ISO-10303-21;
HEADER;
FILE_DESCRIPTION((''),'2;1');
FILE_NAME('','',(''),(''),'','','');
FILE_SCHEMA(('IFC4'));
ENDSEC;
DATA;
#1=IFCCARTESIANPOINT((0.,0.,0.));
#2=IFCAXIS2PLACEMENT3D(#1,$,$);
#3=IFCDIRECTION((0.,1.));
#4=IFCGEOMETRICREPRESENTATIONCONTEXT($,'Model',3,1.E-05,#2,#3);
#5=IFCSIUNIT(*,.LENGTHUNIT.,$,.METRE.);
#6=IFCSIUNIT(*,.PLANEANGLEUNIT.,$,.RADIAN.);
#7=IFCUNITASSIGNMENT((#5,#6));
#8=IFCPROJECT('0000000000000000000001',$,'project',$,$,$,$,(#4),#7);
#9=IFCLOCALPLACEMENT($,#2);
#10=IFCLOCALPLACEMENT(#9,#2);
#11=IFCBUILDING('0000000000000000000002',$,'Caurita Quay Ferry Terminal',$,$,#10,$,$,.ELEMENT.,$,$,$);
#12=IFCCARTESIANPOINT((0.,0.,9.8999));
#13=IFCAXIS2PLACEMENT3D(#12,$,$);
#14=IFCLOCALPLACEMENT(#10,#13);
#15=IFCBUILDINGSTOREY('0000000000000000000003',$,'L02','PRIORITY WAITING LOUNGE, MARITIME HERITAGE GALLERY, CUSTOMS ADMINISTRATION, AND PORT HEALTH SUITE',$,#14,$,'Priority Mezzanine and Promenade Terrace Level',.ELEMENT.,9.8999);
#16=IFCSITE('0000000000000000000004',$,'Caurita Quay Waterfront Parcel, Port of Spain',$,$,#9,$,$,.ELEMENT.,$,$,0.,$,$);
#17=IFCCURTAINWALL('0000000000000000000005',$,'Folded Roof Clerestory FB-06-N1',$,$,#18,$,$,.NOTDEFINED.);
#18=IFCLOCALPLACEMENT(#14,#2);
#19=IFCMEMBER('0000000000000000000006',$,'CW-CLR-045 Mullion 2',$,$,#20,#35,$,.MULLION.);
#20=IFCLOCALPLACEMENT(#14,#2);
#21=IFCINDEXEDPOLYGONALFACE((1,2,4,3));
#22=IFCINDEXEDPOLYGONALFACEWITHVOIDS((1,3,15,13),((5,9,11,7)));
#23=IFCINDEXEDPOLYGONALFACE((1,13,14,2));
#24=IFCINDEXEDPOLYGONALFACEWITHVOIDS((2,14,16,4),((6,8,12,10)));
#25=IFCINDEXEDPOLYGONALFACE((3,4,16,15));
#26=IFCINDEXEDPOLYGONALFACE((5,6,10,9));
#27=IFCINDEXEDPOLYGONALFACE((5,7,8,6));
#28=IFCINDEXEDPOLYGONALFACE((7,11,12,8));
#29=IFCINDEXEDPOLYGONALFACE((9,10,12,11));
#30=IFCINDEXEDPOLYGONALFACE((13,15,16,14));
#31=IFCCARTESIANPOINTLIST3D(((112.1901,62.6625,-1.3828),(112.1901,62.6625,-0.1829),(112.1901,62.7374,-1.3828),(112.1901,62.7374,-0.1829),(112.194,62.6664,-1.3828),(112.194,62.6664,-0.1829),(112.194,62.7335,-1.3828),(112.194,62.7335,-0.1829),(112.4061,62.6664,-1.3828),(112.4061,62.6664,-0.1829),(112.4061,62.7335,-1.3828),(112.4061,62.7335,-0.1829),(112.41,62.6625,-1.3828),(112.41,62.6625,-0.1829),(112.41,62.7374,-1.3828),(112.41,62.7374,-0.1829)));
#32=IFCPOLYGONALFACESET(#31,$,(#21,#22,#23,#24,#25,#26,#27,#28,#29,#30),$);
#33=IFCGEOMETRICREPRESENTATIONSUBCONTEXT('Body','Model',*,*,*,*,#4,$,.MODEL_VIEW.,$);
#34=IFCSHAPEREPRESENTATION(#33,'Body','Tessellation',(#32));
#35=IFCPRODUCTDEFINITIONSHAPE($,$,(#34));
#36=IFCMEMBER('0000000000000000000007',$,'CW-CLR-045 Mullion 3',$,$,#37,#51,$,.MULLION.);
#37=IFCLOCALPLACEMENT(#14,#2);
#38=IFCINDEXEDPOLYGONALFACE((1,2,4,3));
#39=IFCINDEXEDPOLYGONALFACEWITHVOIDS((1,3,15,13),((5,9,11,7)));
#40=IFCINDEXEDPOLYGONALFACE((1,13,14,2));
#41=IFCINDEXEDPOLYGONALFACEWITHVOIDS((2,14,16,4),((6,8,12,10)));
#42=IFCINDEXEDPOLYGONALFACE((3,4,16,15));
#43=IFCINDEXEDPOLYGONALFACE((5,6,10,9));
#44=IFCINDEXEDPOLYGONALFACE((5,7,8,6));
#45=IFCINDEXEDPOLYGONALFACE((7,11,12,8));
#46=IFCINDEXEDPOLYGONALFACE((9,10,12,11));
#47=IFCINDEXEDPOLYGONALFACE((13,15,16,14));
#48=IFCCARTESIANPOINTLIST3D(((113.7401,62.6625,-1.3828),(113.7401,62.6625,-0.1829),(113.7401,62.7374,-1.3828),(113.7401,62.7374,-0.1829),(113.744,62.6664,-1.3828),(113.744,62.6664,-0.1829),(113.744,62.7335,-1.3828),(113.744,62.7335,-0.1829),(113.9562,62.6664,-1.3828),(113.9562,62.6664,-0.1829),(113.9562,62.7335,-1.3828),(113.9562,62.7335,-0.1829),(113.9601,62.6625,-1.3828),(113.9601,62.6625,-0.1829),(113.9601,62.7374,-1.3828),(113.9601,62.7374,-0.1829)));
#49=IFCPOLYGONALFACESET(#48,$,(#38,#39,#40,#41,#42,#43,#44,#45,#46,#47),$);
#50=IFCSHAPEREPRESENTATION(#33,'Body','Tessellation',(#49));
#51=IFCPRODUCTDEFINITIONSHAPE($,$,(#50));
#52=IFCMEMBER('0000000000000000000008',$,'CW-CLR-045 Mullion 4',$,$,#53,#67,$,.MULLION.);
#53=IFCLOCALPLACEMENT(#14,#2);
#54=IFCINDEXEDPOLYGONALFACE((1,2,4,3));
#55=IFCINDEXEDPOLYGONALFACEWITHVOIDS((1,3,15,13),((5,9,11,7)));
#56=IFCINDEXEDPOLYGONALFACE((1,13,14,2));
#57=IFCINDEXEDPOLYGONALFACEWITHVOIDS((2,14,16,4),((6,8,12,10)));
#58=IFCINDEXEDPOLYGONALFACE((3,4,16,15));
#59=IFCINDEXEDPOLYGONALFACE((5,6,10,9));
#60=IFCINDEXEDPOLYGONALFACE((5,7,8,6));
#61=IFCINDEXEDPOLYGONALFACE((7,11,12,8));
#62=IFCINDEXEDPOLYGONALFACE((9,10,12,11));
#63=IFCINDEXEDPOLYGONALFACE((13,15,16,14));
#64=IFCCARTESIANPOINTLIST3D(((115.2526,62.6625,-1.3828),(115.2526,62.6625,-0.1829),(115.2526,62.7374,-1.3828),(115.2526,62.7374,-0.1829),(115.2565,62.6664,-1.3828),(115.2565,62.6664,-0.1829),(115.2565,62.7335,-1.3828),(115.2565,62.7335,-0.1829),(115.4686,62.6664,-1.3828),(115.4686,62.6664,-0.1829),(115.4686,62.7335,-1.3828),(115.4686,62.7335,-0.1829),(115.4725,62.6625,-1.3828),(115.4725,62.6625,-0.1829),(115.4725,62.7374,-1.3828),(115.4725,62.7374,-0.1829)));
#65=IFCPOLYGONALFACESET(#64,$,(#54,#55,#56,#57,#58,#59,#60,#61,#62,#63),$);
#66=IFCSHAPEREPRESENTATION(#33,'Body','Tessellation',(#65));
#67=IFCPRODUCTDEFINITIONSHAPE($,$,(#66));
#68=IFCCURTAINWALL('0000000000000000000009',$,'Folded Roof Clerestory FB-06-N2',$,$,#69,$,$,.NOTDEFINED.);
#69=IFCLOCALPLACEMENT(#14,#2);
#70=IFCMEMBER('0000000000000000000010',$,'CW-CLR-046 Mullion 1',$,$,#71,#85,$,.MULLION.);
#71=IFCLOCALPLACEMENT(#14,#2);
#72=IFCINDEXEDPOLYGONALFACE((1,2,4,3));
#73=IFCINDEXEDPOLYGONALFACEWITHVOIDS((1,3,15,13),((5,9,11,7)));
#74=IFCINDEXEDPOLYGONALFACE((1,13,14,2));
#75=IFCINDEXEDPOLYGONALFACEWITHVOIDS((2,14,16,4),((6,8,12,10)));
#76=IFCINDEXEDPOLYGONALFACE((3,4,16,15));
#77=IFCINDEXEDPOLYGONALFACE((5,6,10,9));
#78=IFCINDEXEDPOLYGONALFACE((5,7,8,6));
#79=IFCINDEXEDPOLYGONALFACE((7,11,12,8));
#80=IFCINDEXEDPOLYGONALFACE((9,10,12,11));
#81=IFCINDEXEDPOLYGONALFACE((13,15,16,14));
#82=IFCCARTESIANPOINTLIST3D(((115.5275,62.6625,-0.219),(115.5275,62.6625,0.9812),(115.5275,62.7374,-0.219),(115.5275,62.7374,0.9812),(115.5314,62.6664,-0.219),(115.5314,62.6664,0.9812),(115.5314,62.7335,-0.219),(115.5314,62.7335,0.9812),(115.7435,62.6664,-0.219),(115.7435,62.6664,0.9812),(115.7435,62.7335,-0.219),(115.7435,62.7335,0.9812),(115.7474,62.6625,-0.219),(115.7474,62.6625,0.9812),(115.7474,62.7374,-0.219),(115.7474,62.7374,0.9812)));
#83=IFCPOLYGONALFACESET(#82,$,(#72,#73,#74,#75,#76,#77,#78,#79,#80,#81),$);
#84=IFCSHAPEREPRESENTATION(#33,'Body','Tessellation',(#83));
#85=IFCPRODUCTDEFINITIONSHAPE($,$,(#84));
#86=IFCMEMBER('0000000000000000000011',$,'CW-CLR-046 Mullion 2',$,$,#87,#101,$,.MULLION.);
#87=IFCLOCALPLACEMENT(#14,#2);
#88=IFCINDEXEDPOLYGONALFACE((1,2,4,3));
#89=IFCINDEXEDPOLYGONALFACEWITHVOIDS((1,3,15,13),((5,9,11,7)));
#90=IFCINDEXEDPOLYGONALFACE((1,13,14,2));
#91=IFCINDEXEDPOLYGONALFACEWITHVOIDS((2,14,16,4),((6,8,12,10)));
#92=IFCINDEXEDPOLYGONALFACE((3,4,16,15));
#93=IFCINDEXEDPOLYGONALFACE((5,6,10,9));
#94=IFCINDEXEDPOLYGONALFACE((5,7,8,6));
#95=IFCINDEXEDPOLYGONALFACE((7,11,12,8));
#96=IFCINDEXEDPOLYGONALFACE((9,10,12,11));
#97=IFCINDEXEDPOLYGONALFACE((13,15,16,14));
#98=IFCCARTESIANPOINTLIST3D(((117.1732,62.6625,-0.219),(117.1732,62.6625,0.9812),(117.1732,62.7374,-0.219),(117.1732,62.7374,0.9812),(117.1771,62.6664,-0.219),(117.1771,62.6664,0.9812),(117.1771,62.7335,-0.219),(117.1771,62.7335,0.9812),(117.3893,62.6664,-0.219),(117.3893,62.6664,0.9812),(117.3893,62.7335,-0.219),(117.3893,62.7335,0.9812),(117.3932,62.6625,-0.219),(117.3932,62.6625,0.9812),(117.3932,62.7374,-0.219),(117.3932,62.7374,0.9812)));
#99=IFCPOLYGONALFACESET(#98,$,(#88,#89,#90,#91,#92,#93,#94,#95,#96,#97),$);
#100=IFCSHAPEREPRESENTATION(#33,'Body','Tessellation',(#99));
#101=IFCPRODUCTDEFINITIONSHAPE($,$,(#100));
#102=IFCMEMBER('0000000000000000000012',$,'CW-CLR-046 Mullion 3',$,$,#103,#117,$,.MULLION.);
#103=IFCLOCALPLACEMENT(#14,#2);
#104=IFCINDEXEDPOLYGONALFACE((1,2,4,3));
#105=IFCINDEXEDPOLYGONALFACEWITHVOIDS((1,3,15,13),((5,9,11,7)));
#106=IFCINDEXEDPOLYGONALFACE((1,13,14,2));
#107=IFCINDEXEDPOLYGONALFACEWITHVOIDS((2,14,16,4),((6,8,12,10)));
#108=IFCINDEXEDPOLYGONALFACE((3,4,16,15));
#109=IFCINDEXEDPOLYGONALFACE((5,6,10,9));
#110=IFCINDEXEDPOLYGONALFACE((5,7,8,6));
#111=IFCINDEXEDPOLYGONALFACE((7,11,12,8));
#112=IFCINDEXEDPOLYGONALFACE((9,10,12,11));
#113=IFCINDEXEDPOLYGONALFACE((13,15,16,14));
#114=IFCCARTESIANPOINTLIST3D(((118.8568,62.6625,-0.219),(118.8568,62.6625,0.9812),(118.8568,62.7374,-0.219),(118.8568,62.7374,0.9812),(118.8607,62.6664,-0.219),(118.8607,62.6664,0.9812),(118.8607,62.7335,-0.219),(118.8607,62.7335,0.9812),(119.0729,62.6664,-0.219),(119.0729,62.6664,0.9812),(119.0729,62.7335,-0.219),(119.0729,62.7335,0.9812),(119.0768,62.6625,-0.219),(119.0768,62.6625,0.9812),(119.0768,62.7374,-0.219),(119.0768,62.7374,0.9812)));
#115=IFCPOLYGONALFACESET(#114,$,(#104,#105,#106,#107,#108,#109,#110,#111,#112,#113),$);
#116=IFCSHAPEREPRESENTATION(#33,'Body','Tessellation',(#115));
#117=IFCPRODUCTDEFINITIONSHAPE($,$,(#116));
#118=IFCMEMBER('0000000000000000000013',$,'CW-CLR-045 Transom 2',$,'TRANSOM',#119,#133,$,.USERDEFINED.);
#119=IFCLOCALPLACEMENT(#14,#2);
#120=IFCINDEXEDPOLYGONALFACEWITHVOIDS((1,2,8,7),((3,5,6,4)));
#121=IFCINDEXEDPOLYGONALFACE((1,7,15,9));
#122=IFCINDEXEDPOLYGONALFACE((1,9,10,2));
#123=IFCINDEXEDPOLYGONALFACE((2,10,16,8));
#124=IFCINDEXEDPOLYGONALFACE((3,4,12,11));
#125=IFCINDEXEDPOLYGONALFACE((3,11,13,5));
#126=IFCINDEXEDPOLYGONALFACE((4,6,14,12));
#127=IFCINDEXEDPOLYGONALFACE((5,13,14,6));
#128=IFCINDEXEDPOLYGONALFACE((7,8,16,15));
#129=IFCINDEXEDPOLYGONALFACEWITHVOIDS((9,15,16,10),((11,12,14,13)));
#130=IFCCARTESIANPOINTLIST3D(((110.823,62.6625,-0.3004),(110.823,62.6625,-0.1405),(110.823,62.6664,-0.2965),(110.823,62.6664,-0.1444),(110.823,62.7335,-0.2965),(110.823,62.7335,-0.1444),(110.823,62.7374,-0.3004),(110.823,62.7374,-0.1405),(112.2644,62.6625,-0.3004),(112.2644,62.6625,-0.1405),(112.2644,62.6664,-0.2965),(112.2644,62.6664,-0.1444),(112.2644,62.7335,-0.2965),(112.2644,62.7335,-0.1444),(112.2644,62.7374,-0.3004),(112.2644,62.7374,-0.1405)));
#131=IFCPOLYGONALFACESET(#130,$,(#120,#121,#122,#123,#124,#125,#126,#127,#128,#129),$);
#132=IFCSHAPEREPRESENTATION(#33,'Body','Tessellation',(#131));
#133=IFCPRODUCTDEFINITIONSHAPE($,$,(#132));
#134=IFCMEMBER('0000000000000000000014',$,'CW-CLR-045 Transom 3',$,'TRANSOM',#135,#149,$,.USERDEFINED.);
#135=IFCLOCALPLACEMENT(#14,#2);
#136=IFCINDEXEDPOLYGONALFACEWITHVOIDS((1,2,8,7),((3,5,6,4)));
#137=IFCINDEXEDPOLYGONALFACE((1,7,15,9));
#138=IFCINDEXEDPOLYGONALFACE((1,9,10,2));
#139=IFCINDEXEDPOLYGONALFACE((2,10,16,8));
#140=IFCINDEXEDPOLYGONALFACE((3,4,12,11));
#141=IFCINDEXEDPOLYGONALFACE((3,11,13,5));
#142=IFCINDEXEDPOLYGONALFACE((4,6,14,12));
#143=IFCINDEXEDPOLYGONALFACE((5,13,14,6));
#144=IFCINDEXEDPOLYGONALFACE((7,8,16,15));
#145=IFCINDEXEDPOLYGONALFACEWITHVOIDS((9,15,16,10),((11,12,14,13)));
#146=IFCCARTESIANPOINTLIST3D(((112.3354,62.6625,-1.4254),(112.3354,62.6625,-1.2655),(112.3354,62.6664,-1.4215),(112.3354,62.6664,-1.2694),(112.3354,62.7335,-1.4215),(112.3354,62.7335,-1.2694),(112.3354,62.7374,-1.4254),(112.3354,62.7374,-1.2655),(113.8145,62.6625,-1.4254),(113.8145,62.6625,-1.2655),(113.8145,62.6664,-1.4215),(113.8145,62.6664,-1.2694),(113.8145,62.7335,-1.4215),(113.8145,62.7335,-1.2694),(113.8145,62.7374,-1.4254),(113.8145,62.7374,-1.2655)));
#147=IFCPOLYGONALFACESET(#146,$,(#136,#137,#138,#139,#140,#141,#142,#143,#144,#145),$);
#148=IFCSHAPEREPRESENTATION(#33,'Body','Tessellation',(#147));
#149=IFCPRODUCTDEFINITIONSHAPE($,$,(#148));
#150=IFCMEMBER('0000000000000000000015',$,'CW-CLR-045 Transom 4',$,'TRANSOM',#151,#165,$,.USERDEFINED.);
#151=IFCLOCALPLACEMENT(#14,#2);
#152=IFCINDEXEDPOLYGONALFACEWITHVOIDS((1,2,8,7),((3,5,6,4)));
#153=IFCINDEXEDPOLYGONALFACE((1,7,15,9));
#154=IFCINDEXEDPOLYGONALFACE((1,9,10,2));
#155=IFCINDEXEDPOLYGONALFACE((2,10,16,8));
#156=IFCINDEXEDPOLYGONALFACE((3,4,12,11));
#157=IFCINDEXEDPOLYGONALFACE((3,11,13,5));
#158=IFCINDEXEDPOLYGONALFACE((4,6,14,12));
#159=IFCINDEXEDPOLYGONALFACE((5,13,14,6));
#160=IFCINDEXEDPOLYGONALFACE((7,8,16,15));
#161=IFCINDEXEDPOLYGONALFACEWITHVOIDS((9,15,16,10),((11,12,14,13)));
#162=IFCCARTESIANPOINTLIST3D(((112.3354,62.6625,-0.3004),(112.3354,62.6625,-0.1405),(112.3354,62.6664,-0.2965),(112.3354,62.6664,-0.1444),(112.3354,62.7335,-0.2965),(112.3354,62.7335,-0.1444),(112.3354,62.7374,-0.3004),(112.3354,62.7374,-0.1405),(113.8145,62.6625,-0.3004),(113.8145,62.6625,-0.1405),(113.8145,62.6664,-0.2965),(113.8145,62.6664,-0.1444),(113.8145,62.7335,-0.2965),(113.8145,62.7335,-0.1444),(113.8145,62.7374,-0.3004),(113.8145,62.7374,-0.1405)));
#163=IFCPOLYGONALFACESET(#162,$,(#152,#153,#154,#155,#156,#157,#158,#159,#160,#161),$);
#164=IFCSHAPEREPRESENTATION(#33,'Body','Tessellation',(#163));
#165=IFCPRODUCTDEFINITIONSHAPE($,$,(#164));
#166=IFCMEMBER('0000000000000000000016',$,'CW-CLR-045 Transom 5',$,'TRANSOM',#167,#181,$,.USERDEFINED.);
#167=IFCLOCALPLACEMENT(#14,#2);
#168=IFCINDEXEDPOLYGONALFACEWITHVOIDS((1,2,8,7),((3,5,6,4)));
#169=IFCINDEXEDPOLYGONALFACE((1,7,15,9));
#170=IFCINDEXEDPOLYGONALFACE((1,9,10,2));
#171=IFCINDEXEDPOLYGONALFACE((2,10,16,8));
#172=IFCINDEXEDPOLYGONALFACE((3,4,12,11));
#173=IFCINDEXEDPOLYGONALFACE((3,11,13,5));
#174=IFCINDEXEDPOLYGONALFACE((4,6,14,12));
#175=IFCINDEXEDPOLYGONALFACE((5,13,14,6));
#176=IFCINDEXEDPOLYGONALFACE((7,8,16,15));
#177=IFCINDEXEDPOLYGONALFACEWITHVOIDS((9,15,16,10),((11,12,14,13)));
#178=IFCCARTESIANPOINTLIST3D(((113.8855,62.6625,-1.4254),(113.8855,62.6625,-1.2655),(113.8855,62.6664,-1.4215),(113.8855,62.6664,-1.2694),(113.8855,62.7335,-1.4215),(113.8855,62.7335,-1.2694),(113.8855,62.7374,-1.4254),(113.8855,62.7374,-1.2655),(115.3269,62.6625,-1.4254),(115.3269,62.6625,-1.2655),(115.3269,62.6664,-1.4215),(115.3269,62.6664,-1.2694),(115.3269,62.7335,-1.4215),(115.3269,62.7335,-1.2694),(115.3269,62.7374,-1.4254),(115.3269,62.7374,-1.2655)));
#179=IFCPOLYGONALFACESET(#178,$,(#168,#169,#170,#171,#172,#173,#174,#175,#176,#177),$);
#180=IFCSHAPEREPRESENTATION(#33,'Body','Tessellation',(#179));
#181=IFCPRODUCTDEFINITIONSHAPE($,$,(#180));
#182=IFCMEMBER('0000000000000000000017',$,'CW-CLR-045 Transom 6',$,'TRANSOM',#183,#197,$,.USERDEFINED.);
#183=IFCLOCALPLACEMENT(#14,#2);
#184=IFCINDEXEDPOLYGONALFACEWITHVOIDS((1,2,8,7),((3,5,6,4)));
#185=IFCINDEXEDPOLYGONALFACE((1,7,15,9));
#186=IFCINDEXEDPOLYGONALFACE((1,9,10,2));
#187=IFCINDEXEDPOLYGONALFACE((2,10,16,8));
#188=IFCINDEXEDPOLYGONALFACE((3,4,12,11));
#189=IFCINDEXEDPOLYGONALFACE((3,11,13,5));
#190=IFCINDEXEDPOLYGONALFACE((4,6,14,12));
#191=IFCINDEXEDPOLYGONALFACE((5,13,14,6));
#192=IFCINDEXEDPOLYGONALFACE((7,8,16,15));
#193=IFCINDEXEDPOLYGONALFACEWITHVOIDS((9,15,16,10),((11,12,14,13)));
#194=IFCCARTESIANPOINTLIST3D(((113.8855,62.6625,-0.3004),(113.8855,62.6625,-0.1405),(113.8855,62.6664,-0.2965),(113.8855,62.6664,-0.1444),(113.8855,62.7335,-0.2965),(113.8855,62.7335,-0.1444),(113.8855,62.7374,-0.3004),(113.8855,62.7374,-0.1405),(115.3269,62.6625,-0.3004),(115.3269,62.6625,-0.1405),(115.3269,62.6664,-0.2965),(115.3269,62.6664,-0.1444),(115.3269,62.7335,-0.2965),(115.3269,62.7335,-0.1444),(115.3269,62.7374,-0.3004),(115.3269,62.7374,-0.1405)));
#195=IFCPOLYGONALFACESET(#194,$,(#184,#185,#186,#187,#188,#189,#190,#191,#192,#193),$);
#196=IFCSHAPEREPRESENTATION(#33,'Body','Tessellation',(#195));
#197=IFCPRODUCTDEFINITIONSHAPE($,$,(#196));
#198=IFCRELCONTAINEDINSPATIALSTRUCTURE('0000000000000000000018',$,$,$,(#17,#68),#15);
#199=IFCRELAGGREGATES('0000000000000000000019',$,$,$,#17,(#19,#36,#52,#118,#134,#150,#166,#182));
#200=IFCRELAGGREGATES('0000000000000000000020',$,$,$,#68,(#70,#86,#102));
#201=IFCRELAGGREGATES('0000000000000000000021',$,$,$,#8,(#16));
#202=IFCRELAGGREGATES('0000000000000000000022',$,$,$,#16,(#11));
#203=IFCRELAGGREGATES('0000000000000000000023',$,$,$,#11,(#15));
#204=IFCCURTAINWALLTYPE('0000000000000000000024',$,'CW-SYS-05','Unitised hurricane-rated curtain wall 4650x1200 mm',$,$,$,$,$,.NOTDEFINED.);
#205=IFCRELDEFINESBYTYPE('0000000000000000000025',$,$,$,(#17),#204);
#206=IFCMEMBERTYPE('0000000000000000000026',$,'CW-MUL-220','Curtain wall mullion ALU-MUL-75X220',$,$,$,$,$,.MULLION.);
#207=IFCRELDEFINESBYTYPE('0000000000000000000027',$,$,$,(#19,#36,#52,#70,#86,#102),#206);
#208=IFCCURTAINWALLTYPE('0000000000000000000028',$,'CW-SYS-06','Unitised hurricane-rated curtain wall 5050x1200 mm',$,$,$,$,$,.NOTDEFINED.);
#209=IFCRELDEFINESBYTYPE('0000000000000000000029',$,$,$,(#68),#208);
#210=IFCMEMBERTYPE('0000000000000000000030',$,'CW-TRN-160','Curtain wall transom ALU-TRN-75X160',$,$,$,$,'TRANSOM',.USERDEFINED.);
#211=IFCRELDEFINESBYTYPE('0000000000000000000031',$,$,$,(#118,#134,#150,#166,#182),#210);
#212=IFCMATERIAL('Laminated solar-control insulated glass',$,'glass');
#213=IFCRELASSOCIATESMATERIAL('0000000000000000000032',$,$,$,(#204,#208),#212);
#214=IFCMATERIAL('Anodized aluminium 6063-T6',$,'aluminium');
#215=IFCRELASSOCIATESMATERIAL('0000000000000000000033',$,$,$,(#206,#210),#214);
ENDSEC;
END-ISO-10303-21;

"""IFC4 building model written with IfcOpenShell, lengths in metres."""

from ifc_helpers import new_model, si_unit, direction, frame, origin, origin_2d, place, context, subcontext, project, spatial, hollow_rectangle, extrude, material, material_profile, profile_set, type_object, element, aggregate, save


model = new_model("IFC4")

# Units and contexts
model_context = context("Model", 3, precision=1e-05, world=origin(), true_north=direction((0.0, 1.0)))
body_context = subcontext(model_context, "Body", "Model", "MODEL_VIEW")
ifc_project = project(units=[si_unit("LENGTHUNIT", "METRE"), si_unit("PLANEANGLEUNIT", "RADIAN")], contexts=[model_context])

# Site, building, storey
site_placement = place(None, origin())
site = spatial("IfcSite", under=ifc_project, at=site_placement, Name="Caurita Quay Waterfront Parcel, Port of Spain", CompositionType="ELEMENT", RefElevation=0.0)
building_placement = place(site_placement, origin())
building = spatial("IfcBuilding", under=site, at=building_placement, Name="Caurita Quay Ferry Terminal", CompositionType="ELEMENT")
storey_placement = place(building_placement, frame((0.0, 0.0, 9.8999)))
storey = spatial("IfcBuildingStorey", under=building, at=storey_placement, Name="L02", Description="PRIORITY WAITING LOUNGE, MARITIME HERITAGE GALLERY, CUSTOMS ADMINISTRATION, AND PORT HEALTH SUITE", LongName="Priority Mezzanine and Promenade Terrace Level", CompositionType="ELEMENT", Elevation=9.8999)

# Curtain walls, members
ifc_material_1 = material(Name="Laminated solar-control insulated glass", Category="glass")
curtain_wall_type_1 = type_object("IfcCurtainWallType", Name="CW-SYS-05", Description="Unitised hurricane-rated curtain wall 4650x1200 mm", PredefinedType="NOTDEFINED", material=ifc_material_1)
curtain_wall_1_placement = place(storey_placement, origin())
curtain_wall_1 = element("IfcCurtainWall", 1, at=curtain_wall_1_placement, inside=storey, type_object=curtain_wall_type_1, Name="Folded Roof Clerestory FB-06-N1", PredefinedType="NOTDEFINED")
ifc_material_2 = material(Name="Anodized aluminium 6063-T6", Category="aluminium")
ifc_material_profile_1 = material_profile(ifc_material_2, hollow_rectangle(XDim=0.075, YDim=0.22, WallThickness=0.0039, at=origin_2d()), Name="ALU-MUL-75X220")
ifc_profile_set_1 = profile_set([ifc_material_profile_1], Name="Anodized aluminium 6063-T6")
member_type_1 = type_object("IfcMemberType", Name="CW-MUL-220", Description="Curtain wall mullion ALU-MUL-75X220", PredefinedType="MULLION", material=ifc_profile_set_1)
member_1_placement = place(storey_placement, frame((112.3, 62.7, -1.3828), z_axis=(0.0, 0.0, 1.0), x_axis=(0.0, 1.0, 0.0)))
member_1 = element("IfcMember", 2, at=member_1_placement, type_object=member_type_1, Name="CW-CLR-045 Mullion 2", PredefinedType="MULLION", context=body_context, shape_type="SweptSolid", body=[
    extrude(hollow_rectangle(XDim=0.075, YDim=0.22, WallThickness=0.0039, at=origin_2d()), origin(), (0.0, 0.0, 1.0), 1.2),
])
member_2_placement = place(storey_placement, frame((113.8501, 62.7, -1.3828), z_axis=(0.0, 0.0, 1.0), x_axis=(0.0, 1.0, 0.0)))
member_2 = element("IfcMember", 3, at=member_2_placement, type_object=member_type_1, Name="CW-CLR-045 Mullion 3", PredefinedType="MULLION", context=body_context, shape_type="SweptSolid", body=[
    extrude(hollow_rectangle(XDim=0.075, YDim=0.22, WallThickness=0.0039, at=origin_2d()), origin(), (0.0, 0.0, 1.0), 1.2),
])
member_3_placement = place(storey_placement, frame((115.3625, 62.7, -1.3828), z_axis=(0.0, 0.0, 1.0), x_axis=(0.0, 1.0, 0.0)))
member_3 = element("IfcMember", 4, at=member_3_placement, type_object=member_type_1, Name="CW-CLR-045 Mullion 4", PredefinedType="MULLION", context=body_context, shape_type="SweptSolid", body=[
    extrude(hollow_rectangle(XDim=0.075, YDim=0.22, WallThickness=0.0039, at=origin_2d()), origin(), (0.0, 0.0, 1.0), 1.2),
])
curtain_wall_type_2 = type_object("IfcCurtainWallType", Name="CW-SYS-06", Description="Unitised hurricane-rated curtain wall 5050x1200 mm", PredefinedType="NOTDEFINED", material=ifc_material_1)
curtain_wall_2_placement = place(storey_placement, origin())
curtain_wall_2 = element("IfcCurtainWall", 5, at=curtain_wall_2_placement, inside=storey, type_object=curtain_wall_type_2, Name="Folded Roof Clerestory FB-06-N2", PredefinedType="NOTDEFINED")
member_4_placement = place(storey_placement, frame((115.6375, 62.7, -0.219), z_axis=(0.0, 0.0, 1.0), x_axis=(0.0, 1.0, 0.0)))
member_4 = element("IfcMember", 6, at=member_4_placement, type_object=member_type_1, Name="CW-CLR-046 Mullion 1", PredefinedType="MULLION", context=body_context, shape_type="SweptSolid", body=[
    extrude(hollow_rectangle(XDim=0.075, YDim=0.22, WallThickness=0.0039, at=origin_2d()), origin(), (0.0, 0.0, 1.0), 1.2002),
])
member_5_placement = place(storey_placement, frame((117.2832, 62.7, -0.219), z_axis=(0.0, 0.0, 1.0), x_axis=(0.0, 1.0, 0.0)))
member_5 = element("IfcMember", 7, at=member_5_placement, type_object=member_type_1, Name="CW-CLR-046 Mullion 2", PredefinedType="MULLION", context=body_context, shape_type="SweptSolid", body=[
    extrude(hollow_rectangle(XDim=0.075, YDim=0.22, WallThickness=0.0039, at=origin_2d()), origin(), (0.0, 0.0, 1.0), 1.2002),
])
member_6_placement = place(storey_placement, frame((118.9668, 62.7, -0.219), z_axis=(0.0, 0.0, 1.0), x_axis=(0.0, 1.0, 0.0)))
member_6 = element("IfcMember", 8, at=member_6_placement, type_object=member_type_1, Name="CW-CLR-046 Mullion 3", PredefinedType="MULLION", context=body_context, shape_type="SweptSolid", body=[
    extrude(hollow_rectangle(XDim=0.075, YDim=0.22, WallThickness=0.0039, at=origin_2d()), origin(), (0.0, 0.0, 1.0), 1.2002),
])

# Members
ifc_material_profile_2 = material_profile(ifc_material_2, hollow_rectangle(XDim=0.075, YDim=0.1599, WallThickness=0.0039, at=origin_2d()), Name="ALU-TRN-75X160")
ifc_profile_set_2 = profile_set([ifc_material_profile_2], Name="Anodized aluminium 6063-T6")
member_type_2 = type_object("IfcMemberType", Name="CW-TRN-160", Description="Curtain wall transom ALU-TRN-75X160", ElementType="TRANSOM", PredefinedType="USERDEFINED", material=ifc_profile_set_2)
member_7_placement = place(storey_placement, frame((110.823, 62.7, -0.2205), z_axis=(1.0, 0.0, 0.0), x_axis=(0.0, 1.0, 0.0)))
member_7 = element("IfcMember", 9, at=member_7_placement, type_object=member_type_2, Name="CW-CLR-045 Transom 2", ObjectType="TRANSOM", PredefinedType="USERDEFINED", context=body_context, shape_type="SweptSolid", body=[
    extrude(hollow_rectangle(XDim=0.075, YDim=0.1599, WallThickness=0.0039, at=origin_2d()), origin(), (0.0, 0.0, 1.0), 1.4414),
])
member_8_placement = place(storey_placement, frame((112.3354, 62.7, -1.3455), z_axis=(1.0, 0.0, 0.0), x_axis=(0.0, 1.0, 0.0)))
member_8 = element("IfcMember", 10, at=member_8_placement, type_object=member_type_2, Name="CW-CLR-045 Transom 3", ObjectType="TRANSOM", PredefinedType="USERDEFINED", context=body_context, shape_type="SweptSolid", body=[
    extrude(hollow_rectangle(XDim=0.075, YDim=0.1599, WallThickness=0.0039, at=origin_2d()), origin(), (0.0, 0.0, 1.0), 1.479),
])
member_9_placement = place(storey_placement, frame((112.3354, 62.7, -0.2205), z_axis=(1.0, 0.0, 0.0), x_axis=(0.0, 1.0, 0.0)))
member_9 = element("IfcMember", 11, at=member_9_placement, type_object=member_type_2, Name="CW-CLR-045 Transom 4", ObjectType="TRANSOM", PredefinedType="USERDEFINED", context=body_context, shape_type="SweptSolid", body=[
    extrude(hollow_rectangle(XDim=0.075, YDim=0.1599, WallThickness=0.0039, at=origin_2d()), origin(), (0.0, 0.0, 1.0), 1.479),
])
member_10_placement = place(storey_placement, frame((113.8855, 62.7, -1.3455), z_axis=(1.0, 0.0, 0.0), x_axis=(0.0, 1.0, 0.0)))
member_10 = element("IfcMember", 12, at=member_10_placement, type_object=member_type_2, Name="CW-CLR-045 Transom 5", ObjectType="TRANSOM", PredefinedType="USERDEFINED", context=body_context, shape_type="SweptSolid", body=[
    extrude(hollow_rectangle(XDim=0.075, YDim=0.1599, WallThickness=0.0039, at=origin_2d()), origin(), (0.0, 0.0, 1.0), 1.4414),
])
member_11_placement = place(storey_placement, frame((113.8855, 62.7, -0.2205), z_axis=(1.0, 0.0, 0.0), x_axis=(0.0, 1.0, 0.0)))
member_11 = element("IfcMember", 13, at=member_11_placement, type_object=member_type_2, Name="CW-CLR-045 Transom 6", ObjectType="TRANSOM", PredefinedType="USERDEFINED", context=body_context, shape_type="SweptSolid", body=[
    extrude(hollow_rectangle(XDim=0.075, YDim=0.1599, WallThickness=0.0039, at=origin_2d()), origin(), (0.0, 0.0, 1.0), 1.4414),
])

aggregate(curtain_wall_1, [member_1, member_2, member_3, member_7, member_8, member_9, member_10, member_11])
aggregate(curtain_wall_2, [member_4, member_5, member_6])

save(model, "model.ifc")
